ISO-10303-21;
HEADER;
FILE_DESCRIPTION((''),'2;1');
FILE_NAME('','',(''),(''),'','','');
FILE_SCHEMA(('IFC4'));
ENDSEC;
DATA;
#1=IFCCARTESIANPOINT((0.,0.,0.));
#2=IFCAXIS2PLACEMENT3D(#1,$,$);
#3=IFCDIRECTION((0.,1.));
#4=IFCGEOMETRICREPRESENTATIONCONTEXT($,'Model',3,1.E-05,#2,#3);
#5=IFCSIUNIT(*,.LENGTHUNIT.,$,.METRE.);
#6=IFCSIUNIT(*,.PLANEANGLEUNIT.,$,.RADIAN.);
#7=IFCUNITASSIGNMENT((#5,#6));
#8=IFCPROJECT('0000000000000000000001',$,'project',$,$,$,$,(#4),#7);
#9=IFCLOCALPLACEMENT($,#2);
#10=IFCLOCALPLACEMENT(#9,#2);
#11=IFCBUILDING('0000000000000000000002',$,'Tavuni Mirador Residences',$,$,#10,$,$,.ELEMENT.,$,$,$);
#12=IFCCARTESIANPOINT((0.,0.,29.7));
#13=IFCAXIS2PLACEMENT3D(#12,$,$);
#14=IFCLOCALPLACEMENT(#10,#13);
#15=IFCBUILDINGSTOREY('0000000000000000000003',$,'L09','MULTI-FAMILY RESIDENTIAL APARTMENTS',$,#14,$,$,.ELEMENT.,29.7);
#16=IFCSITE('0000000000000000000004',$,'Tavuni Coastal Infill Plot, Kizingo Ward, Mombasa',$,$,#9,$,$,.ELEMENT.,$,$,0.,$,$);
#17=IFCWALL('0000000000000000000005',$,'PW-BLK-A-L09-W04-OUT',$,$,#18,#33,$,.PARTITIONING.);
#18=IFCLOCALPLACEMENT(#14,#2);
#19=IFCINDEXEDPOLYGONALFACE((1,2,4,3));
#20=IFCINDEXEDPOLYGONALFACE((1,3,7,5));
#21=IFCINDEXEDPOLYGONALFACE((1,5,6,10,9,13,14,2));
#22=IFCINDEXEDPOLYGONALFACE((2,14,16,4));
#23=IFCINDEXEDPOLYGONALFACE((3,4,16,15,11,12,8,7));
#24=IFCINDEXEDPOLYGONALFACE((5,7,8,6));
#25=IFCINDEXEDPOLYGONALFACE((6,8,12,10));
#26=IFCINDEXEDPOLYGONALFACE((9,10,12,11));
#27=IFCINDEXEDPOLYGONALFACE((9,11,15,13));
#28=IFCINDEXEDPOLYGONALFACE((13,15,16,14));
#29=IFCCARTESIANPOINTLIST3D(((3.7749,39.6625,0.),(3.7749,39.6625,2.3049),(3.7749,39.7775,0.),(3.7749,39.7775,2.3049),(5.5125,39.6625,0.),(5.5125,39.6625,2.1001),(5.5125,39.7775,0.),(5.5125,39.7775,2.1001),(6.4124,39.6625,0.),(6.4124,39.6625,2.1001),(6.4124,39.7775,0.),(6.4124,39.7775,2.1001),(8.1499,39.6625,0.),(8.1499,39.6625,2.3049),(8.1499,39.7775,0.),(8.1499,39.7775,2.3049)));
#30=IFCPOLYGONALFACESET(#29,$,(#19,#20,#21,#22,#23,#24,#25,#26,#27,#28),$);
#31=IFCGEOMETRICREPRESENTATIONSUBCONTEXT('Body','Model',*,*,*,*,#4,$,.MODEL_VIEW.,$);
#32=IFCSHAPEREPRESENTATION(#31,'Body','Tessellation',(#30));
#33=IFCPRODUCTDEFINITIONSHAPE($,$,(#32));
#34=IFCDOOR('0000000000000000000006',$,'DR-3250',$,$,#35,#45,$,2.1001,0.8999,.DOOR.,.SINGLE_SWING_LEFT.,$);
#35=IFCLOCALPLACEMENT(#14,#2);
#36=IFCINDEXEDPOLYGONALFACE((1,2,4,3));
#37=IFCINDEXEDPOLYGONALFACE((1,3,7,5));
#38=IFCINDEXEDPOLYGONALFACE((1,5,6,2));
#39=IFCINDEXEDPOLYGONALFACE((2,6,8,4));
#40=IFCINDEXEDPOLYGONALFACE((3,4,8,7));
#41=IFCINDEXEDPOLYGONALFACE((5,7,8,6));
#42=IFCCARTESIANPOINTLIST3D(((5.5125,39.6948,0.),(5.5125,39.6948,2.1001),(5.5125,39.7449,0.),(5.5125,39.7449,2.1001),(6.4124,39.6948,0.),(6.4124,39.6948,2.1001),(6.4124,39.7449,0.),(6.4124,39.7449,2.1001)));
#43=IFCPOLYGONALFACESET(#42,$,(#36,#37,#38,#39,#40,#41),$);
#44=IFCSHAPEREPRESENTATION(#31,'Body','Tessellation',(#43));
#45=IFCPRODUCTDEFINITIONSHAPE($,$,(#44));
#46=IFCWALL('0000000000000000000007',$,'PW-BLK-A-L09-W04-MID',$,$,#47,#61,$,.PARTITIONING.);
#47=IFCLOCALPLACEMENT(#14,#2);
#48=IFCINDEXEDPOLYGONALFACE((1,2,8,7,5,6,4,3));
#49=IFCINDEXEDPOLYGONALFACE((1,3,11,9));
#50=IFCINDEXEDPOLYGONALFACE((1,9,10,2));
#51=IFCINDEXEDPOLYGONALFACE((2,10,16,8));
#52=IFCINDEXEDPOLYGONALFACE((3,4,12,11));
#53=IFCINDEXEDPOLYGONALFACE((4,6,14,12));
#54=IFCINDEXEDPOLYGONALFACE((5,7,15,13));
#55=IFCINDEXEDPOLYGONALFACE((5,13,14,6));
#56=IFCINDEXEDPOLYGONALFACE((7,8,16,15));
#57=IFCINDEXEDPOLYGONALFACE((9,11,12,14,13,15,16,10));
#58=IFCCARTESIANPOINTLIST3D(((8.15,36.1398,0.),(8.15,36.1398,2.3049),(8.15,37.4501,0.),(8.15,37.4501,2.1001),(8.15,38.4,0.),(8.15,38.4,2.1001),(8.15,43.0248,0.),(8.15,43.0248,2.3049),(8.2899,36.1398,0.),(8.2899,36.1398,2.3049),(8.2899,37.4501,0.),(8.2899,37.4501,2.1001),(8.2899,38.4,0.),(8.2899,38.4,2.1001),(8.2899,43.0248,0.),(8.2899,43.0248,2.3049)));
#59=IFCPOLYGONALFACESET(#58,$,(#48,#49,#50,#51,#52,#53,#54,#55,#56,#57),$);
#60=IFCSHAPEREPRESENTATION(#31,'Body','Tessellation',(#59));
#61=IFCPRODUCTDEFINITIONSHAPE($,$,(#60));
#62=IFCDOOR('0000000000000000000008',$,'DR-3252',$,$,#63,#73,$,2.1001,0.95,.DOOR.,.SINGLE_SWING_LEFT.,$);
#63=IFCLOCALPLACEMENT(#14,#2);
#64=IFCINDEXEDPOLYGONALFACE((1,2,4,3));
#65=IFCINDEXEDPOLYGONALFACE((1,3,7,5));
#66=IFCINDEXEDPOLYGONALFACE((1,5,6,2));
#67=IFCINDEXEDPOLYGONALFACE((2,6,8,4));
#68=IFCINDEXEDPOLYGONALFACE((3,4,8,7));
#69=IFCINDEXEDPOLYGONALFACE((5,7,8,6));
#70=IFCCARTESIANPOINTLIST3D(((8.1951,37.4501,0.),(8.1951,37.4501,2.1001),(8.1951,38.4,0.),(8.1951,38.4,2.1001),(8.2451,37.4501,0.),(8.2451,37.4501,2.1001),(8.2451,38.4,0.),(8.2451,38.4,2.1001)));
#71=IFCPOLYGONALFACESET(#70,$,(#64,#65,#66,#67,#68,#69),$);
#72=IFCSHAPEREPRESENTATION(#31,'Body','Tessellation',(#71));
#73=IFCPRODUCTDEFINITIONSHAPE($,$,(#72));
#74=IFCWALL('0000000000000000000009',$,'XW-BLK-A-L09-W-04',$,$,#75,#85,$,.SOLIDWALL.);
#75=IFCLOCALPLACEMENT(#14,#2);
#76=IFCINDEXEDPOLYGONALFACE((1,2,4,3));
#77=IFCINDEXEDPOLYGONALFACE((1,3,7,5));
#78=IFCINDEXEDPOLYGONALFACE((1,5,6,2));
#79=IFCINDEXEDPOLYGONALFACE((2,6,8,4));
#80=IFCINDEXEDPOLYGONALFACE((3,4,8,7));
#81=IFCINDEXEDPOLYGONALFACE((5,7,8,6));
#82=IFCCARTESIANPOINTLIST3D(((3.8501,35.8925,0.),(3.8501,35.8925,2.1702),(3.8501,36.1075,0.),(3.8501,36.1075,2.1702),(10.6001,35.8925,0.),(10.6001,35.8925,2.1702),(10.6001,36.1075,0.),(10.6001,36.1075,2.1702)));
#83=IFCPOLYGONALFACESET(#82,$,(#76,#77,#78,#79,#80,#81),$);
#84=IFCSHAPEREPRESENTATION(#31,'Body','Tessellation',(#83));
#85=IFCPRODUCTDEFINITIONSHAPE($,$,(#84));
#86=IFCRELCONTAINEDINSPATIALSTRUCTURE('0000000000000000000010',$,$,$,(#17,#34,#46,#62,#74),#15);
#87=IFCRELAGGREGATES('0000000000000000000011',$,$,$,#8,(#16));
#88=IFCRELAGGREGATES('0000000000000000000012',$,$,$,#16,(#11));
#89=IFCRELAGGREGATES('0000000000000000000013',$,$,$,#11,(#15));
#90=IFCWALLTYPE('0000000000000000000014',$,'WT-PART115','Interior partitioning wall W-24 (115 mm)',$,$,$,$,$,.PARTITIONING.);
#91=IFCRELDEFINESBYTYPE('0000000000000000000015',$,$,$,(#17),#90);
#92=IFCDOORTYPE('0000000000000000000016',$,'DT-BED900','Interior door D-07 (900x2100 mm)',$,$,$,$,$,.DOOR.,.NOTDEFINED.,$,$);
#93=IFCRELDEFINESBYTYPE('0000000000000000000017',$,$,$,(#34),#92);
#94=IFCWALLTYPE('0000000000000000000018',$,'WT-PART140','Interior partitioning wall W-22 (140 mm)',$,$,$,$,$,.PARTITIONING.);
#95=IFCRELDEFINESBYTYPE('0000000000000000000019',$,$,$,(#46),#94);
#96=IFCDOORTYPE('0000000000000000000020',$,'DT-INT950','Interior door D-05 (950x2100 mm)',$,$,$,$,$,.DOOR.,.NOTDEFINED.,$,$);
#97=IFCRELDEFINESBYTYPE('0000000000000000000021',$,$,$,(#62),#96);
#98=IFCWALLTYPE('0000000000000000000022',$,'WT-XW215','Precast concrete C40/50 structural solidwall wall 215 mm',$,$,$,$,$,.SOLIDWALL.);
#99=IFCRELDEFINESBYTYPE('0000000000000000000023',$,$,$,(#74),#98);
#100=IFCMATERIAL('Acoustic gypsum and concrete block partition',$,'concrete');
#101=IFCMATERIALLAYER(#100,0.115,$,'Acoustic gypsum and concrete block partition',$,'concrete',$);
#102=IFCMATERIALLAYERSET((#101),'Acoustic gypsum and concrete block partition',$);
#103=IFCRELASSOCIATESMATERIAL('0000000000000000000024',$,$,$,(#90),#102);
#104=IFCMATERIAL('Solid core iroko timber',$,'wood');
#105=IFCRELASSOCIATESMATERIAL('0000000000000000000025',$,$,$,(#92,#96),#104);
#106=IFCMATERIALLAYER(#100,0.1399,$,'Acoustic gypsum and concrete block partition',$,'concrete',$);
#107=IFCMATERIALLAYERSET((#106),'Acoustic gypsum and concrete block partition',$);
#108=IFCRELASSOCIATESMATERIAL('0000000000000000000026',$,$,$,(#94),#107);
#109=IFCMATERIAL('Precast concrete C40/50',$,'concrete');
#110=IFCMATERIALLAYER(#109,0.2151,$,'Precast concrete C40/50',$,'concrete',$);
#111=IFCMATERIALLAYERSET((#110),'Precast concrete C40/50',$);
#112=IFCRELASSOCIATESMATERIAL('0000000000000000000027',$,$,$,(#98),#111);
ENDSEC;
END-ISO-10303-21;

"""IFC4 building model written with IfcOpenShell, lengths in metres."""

from ifc_helpers import new_model, si_unit, direction, frame, frame_2d, origin, place, context, subcontext, project, spatial, rectangle, extrude, material, layer, layer_set, type_object, element, fill, save


model = new_model("IFC4")

# Units and contexts
model_context = context("Model", 3, precision=1e-05, world=origin(), true_north=direction((0.0, 1.0)))
body_context = subcontext(model_context, "Body", "Model", "MODEL_VIEW")
ifc_project = project(units=[si_unit("LENGTHUNIT", "METRE"), si_unit("PLANEANGLEUNIT", "RADIAN")], contexts=[model_context])

# Site, building, storey
site_placement = place(None, origin())
site = spatial("IfcSite", under=ifc_project, at=site_placement, Name="Tavuni Coastal Infill Plot, Kizingo Ward, Mombasa", CompositionType="ELEMENT", RefElevation=0.0)
building_placement = place(site_placement, origin())
building = spatial("IfcBuilding", under=site, at=building_placement, Name="Tavuni Mirador Residences", CompositionType="ELEMENT")
storey_placement = place(building_placement, frame((0.0, 0.0, 29.7)))
storey = spatial("IfcBuildingStorey", under=building, at=storey_placement, Name="L09", Description="MULTI-FAMILY RESIDENTIAL APARTMENTS", CompositionType="ELEMENT", Elevation=29.7)

# Shared definitions
ifc_material_1 = material(Name="Precast concrete C40/50", Category="concrete")

# Walls, openings, doors
ifc_material_2 = material(Name="Acoustic gypsum and concrete block partition", Category="concrete")
ifc_material_3 = material(Name="Solid core iroko timber", Category="wood")
ifc_layer_1 = layer(ifc_material_2, 0.115, Name="Acoustic gypsum and concrete block partition", Category="concrete")
ifc_layer_set_1 = layer_set([ifc_layer_1], Name="Acoustic gypsum and concrete block partition")
wall_type_1 = type_object("IfcWallType", Name="WT-PART115", Description="Interior partitioning wall W-24 (115 mm)", PredefinedType="PARTITIONING", material=ifc_layer_set_1)
wall_1_placement = place(storey_placement, frame((3.7749, 39.72, 0.0), z_axis=(0.0, 0.0, 1.0), x_axis=(1.0, 0.0, 0.0)))
wall_1 = element("IfcWall", 1, at=wall_1_placement, inside=storey, type_object=wall_type_1, Name="PW-BLK-A-L09-W04-OUT", PredefinedType="PARTITIONING", context=body_context, shape_type="SweptSolid", body=[
    extrude(rectangle(XDim=4.375, YDim=0.115, at=frame_2d((2.1875, 0.0))), origin(), (0.0, 0.0, 1.0), 2.3049),
])
opening_1_placement = place(wall_1_placement, frame((1.7375, 0.0, 0.0)))
opening_1 = element("IfcOpeningElement", 2, at=opening_1_placement, cuts=wall_1, PredefinedType="OPENING", context=body_context, shape_type="SweptSolid", body=[
    extrude(rectangle(XDim=0.8999, YDim=2.1001, at=frame_2d((0.45, 1.05))), frame((0.0, 0.0674, 0.0), z_axis=(0.0, -1.0, 0.0), x_axis=(1.0, 0.0, 0.0)), (0.0, 0.0, 1.0), 0.135),
])
door_type_1 = type_object("IfcDoorType", Name="DT-BED900", Description="Interior door D-07 (900x2100 mm)", OperationType="NOTDEFINED", PredefinedType="DOOR", material=ifc_material_3)
door_1_placement = place(opening_1_placement, origin())
door_1 = element("IfcDoor", 3, at=door_1_placement, inside=storey, type_object=door_type_1, Name="DR-3250", OperationType="SINGLE_SWING_LEFT", OverallHeight=2.1001, OverallWidth=0.8999, PredefinedType="DOOR", context=body_context, shape_type="SweptSolid", body=[
    extrude(rectangle(XDim=0.8999, YDim=2.1001, at=frame_2d((0.45, 1.05))), frame((0.0, 0.0249, 0.0), z_axis=(0.0, -1.0, 0.0), x_axis=(1.0, 0.0, 0.0)), (0.0, 0.0, 1.0), 0.05),
])
fill(opening_1, door_1)
ifc_layer_2 = layer(ifc_material_2, 0.1399, Name="Acoustic gypsum and concrete block partition", Category="concrete")
ifc_layer_set_2 = layer_set([ifc_layer_2], Name="Acoustic gypsum and concrete block partition")
wall_type_2 = type_object("IfcWallType", Name="WT-PART140", Description="Interior partitioning wall W-22 (140 mm)", PredefinedType="PARTITIONING", material=ifc_layer_set_2)
wall_2_placement = place(storey_placement, frame((8.22, 36.1399, 0.0), z_axis=(0.0, 0.0, 1.0), x_axis=(0.0, 1.0, 0.0)))
wall_2 = element("IfcWall", 4, at=wall_2_placement, inside=storey, type_object=wall_type_2, Name="PW-BLK-A-L09-W04-MID", PredefinedType="PARTITIONING", context=body_context, shape_type="SweptSolid", body=[
    extrude(rectangle(XDim=6.885, YDim=0.1399, at=frame_2d((3.4424, 0.0))), origin(), (0.0, 0.0, 1.0), 2.3049),
])
opening_2_placement = place(wall_2_placement, frame((1.3101, 0.0, 0.0)))
opening_2 = element("IfcOpeningElement", 5, at=opening_2_placement, cuts=wall_2, PredefinedType="OPENING", context=body_context, shape_type="SweptSolid", body=[
    extrude(rectangle(XDim=0.95, YDim=2.1001, at=frame_2d((0.4751, 1.05))), frame((0.0, 0.0801, 0.0), z_axis=(0.0, -1.0, 0.0), x_axis=(1.0, 0.0, 0.0)), (0.0, 0.0, 1.0), 0.1599),
])
door_type_2 = type_object("IfcDoorType", Name="DT-INT950", Description="Interior door D-05 (950x2100 mm)", OperationType="NOTDEFINED", PredefinedType="DOOR", material=ifc_material_3)
door_2_placement = place(opening_2_placement, origin())
door_2 = element("IfcDoor", 6, at=door_2_placement, inside=storey, type_object=door_type_2, Name="DR-3252", OperationType="SINGLE_SWING_LEFT", OverallHeight=2.1001, OverallWidth=0.95, PredefinedType="DOOR", context=body_context, shape_type="SweptSolid", body=[
    extrude(rectangle(XDim=0.95, YDim=2.1001, at=frame_2d((0.4751, 1.05))), frame((0.0, 0.0249, 0.0), z_axis=(0.0, -1.0, 0.0), x_axis=(1.0, 0.0, 0.0)), (0.0, 0.0, 1.0), 0.05),
])
fill(opening_2, door_2)

# Wall
ifc_layer_3 = layer(ifc_material_1, 0.2151, Name="Precast concrete C40/50", Category="concrete")
ifc_layer_set_3 = layer_set([ifc_layer_3], Name="Precast concrete C40/50")
wall_type_3 = type_object("IfcWallType", Name="WT-XW215", Description="Precast concrete C40/50 structural solidwall wall 215 mm", PredefinedType="SOLIDWALL", material=ifc_layer_set_3)
wall_3_placement = place(storey_placement, frame((3.8501, 36.0, 0.0), z_axis=(0.0, 0.0, 1.0), x_axis=(1.0, 0.0, 0.0)))
element("IfcWall", 7, at=wall_3_placement, inside=storey, type_object=wall_type_3, Name="XW-BLK-A-L09-W-04", PredefinedType="SOLIDWALL", context=body_context, shape_type="SweptSolid", body=[
    extrude(rectangle(XDim=6.75, YDim=0.2151, at=frame_2d((3.375, 0.0))), origin(), (0.0, 0.0, 1.0), 2.1702),
])

save(model, "model.ifc")
